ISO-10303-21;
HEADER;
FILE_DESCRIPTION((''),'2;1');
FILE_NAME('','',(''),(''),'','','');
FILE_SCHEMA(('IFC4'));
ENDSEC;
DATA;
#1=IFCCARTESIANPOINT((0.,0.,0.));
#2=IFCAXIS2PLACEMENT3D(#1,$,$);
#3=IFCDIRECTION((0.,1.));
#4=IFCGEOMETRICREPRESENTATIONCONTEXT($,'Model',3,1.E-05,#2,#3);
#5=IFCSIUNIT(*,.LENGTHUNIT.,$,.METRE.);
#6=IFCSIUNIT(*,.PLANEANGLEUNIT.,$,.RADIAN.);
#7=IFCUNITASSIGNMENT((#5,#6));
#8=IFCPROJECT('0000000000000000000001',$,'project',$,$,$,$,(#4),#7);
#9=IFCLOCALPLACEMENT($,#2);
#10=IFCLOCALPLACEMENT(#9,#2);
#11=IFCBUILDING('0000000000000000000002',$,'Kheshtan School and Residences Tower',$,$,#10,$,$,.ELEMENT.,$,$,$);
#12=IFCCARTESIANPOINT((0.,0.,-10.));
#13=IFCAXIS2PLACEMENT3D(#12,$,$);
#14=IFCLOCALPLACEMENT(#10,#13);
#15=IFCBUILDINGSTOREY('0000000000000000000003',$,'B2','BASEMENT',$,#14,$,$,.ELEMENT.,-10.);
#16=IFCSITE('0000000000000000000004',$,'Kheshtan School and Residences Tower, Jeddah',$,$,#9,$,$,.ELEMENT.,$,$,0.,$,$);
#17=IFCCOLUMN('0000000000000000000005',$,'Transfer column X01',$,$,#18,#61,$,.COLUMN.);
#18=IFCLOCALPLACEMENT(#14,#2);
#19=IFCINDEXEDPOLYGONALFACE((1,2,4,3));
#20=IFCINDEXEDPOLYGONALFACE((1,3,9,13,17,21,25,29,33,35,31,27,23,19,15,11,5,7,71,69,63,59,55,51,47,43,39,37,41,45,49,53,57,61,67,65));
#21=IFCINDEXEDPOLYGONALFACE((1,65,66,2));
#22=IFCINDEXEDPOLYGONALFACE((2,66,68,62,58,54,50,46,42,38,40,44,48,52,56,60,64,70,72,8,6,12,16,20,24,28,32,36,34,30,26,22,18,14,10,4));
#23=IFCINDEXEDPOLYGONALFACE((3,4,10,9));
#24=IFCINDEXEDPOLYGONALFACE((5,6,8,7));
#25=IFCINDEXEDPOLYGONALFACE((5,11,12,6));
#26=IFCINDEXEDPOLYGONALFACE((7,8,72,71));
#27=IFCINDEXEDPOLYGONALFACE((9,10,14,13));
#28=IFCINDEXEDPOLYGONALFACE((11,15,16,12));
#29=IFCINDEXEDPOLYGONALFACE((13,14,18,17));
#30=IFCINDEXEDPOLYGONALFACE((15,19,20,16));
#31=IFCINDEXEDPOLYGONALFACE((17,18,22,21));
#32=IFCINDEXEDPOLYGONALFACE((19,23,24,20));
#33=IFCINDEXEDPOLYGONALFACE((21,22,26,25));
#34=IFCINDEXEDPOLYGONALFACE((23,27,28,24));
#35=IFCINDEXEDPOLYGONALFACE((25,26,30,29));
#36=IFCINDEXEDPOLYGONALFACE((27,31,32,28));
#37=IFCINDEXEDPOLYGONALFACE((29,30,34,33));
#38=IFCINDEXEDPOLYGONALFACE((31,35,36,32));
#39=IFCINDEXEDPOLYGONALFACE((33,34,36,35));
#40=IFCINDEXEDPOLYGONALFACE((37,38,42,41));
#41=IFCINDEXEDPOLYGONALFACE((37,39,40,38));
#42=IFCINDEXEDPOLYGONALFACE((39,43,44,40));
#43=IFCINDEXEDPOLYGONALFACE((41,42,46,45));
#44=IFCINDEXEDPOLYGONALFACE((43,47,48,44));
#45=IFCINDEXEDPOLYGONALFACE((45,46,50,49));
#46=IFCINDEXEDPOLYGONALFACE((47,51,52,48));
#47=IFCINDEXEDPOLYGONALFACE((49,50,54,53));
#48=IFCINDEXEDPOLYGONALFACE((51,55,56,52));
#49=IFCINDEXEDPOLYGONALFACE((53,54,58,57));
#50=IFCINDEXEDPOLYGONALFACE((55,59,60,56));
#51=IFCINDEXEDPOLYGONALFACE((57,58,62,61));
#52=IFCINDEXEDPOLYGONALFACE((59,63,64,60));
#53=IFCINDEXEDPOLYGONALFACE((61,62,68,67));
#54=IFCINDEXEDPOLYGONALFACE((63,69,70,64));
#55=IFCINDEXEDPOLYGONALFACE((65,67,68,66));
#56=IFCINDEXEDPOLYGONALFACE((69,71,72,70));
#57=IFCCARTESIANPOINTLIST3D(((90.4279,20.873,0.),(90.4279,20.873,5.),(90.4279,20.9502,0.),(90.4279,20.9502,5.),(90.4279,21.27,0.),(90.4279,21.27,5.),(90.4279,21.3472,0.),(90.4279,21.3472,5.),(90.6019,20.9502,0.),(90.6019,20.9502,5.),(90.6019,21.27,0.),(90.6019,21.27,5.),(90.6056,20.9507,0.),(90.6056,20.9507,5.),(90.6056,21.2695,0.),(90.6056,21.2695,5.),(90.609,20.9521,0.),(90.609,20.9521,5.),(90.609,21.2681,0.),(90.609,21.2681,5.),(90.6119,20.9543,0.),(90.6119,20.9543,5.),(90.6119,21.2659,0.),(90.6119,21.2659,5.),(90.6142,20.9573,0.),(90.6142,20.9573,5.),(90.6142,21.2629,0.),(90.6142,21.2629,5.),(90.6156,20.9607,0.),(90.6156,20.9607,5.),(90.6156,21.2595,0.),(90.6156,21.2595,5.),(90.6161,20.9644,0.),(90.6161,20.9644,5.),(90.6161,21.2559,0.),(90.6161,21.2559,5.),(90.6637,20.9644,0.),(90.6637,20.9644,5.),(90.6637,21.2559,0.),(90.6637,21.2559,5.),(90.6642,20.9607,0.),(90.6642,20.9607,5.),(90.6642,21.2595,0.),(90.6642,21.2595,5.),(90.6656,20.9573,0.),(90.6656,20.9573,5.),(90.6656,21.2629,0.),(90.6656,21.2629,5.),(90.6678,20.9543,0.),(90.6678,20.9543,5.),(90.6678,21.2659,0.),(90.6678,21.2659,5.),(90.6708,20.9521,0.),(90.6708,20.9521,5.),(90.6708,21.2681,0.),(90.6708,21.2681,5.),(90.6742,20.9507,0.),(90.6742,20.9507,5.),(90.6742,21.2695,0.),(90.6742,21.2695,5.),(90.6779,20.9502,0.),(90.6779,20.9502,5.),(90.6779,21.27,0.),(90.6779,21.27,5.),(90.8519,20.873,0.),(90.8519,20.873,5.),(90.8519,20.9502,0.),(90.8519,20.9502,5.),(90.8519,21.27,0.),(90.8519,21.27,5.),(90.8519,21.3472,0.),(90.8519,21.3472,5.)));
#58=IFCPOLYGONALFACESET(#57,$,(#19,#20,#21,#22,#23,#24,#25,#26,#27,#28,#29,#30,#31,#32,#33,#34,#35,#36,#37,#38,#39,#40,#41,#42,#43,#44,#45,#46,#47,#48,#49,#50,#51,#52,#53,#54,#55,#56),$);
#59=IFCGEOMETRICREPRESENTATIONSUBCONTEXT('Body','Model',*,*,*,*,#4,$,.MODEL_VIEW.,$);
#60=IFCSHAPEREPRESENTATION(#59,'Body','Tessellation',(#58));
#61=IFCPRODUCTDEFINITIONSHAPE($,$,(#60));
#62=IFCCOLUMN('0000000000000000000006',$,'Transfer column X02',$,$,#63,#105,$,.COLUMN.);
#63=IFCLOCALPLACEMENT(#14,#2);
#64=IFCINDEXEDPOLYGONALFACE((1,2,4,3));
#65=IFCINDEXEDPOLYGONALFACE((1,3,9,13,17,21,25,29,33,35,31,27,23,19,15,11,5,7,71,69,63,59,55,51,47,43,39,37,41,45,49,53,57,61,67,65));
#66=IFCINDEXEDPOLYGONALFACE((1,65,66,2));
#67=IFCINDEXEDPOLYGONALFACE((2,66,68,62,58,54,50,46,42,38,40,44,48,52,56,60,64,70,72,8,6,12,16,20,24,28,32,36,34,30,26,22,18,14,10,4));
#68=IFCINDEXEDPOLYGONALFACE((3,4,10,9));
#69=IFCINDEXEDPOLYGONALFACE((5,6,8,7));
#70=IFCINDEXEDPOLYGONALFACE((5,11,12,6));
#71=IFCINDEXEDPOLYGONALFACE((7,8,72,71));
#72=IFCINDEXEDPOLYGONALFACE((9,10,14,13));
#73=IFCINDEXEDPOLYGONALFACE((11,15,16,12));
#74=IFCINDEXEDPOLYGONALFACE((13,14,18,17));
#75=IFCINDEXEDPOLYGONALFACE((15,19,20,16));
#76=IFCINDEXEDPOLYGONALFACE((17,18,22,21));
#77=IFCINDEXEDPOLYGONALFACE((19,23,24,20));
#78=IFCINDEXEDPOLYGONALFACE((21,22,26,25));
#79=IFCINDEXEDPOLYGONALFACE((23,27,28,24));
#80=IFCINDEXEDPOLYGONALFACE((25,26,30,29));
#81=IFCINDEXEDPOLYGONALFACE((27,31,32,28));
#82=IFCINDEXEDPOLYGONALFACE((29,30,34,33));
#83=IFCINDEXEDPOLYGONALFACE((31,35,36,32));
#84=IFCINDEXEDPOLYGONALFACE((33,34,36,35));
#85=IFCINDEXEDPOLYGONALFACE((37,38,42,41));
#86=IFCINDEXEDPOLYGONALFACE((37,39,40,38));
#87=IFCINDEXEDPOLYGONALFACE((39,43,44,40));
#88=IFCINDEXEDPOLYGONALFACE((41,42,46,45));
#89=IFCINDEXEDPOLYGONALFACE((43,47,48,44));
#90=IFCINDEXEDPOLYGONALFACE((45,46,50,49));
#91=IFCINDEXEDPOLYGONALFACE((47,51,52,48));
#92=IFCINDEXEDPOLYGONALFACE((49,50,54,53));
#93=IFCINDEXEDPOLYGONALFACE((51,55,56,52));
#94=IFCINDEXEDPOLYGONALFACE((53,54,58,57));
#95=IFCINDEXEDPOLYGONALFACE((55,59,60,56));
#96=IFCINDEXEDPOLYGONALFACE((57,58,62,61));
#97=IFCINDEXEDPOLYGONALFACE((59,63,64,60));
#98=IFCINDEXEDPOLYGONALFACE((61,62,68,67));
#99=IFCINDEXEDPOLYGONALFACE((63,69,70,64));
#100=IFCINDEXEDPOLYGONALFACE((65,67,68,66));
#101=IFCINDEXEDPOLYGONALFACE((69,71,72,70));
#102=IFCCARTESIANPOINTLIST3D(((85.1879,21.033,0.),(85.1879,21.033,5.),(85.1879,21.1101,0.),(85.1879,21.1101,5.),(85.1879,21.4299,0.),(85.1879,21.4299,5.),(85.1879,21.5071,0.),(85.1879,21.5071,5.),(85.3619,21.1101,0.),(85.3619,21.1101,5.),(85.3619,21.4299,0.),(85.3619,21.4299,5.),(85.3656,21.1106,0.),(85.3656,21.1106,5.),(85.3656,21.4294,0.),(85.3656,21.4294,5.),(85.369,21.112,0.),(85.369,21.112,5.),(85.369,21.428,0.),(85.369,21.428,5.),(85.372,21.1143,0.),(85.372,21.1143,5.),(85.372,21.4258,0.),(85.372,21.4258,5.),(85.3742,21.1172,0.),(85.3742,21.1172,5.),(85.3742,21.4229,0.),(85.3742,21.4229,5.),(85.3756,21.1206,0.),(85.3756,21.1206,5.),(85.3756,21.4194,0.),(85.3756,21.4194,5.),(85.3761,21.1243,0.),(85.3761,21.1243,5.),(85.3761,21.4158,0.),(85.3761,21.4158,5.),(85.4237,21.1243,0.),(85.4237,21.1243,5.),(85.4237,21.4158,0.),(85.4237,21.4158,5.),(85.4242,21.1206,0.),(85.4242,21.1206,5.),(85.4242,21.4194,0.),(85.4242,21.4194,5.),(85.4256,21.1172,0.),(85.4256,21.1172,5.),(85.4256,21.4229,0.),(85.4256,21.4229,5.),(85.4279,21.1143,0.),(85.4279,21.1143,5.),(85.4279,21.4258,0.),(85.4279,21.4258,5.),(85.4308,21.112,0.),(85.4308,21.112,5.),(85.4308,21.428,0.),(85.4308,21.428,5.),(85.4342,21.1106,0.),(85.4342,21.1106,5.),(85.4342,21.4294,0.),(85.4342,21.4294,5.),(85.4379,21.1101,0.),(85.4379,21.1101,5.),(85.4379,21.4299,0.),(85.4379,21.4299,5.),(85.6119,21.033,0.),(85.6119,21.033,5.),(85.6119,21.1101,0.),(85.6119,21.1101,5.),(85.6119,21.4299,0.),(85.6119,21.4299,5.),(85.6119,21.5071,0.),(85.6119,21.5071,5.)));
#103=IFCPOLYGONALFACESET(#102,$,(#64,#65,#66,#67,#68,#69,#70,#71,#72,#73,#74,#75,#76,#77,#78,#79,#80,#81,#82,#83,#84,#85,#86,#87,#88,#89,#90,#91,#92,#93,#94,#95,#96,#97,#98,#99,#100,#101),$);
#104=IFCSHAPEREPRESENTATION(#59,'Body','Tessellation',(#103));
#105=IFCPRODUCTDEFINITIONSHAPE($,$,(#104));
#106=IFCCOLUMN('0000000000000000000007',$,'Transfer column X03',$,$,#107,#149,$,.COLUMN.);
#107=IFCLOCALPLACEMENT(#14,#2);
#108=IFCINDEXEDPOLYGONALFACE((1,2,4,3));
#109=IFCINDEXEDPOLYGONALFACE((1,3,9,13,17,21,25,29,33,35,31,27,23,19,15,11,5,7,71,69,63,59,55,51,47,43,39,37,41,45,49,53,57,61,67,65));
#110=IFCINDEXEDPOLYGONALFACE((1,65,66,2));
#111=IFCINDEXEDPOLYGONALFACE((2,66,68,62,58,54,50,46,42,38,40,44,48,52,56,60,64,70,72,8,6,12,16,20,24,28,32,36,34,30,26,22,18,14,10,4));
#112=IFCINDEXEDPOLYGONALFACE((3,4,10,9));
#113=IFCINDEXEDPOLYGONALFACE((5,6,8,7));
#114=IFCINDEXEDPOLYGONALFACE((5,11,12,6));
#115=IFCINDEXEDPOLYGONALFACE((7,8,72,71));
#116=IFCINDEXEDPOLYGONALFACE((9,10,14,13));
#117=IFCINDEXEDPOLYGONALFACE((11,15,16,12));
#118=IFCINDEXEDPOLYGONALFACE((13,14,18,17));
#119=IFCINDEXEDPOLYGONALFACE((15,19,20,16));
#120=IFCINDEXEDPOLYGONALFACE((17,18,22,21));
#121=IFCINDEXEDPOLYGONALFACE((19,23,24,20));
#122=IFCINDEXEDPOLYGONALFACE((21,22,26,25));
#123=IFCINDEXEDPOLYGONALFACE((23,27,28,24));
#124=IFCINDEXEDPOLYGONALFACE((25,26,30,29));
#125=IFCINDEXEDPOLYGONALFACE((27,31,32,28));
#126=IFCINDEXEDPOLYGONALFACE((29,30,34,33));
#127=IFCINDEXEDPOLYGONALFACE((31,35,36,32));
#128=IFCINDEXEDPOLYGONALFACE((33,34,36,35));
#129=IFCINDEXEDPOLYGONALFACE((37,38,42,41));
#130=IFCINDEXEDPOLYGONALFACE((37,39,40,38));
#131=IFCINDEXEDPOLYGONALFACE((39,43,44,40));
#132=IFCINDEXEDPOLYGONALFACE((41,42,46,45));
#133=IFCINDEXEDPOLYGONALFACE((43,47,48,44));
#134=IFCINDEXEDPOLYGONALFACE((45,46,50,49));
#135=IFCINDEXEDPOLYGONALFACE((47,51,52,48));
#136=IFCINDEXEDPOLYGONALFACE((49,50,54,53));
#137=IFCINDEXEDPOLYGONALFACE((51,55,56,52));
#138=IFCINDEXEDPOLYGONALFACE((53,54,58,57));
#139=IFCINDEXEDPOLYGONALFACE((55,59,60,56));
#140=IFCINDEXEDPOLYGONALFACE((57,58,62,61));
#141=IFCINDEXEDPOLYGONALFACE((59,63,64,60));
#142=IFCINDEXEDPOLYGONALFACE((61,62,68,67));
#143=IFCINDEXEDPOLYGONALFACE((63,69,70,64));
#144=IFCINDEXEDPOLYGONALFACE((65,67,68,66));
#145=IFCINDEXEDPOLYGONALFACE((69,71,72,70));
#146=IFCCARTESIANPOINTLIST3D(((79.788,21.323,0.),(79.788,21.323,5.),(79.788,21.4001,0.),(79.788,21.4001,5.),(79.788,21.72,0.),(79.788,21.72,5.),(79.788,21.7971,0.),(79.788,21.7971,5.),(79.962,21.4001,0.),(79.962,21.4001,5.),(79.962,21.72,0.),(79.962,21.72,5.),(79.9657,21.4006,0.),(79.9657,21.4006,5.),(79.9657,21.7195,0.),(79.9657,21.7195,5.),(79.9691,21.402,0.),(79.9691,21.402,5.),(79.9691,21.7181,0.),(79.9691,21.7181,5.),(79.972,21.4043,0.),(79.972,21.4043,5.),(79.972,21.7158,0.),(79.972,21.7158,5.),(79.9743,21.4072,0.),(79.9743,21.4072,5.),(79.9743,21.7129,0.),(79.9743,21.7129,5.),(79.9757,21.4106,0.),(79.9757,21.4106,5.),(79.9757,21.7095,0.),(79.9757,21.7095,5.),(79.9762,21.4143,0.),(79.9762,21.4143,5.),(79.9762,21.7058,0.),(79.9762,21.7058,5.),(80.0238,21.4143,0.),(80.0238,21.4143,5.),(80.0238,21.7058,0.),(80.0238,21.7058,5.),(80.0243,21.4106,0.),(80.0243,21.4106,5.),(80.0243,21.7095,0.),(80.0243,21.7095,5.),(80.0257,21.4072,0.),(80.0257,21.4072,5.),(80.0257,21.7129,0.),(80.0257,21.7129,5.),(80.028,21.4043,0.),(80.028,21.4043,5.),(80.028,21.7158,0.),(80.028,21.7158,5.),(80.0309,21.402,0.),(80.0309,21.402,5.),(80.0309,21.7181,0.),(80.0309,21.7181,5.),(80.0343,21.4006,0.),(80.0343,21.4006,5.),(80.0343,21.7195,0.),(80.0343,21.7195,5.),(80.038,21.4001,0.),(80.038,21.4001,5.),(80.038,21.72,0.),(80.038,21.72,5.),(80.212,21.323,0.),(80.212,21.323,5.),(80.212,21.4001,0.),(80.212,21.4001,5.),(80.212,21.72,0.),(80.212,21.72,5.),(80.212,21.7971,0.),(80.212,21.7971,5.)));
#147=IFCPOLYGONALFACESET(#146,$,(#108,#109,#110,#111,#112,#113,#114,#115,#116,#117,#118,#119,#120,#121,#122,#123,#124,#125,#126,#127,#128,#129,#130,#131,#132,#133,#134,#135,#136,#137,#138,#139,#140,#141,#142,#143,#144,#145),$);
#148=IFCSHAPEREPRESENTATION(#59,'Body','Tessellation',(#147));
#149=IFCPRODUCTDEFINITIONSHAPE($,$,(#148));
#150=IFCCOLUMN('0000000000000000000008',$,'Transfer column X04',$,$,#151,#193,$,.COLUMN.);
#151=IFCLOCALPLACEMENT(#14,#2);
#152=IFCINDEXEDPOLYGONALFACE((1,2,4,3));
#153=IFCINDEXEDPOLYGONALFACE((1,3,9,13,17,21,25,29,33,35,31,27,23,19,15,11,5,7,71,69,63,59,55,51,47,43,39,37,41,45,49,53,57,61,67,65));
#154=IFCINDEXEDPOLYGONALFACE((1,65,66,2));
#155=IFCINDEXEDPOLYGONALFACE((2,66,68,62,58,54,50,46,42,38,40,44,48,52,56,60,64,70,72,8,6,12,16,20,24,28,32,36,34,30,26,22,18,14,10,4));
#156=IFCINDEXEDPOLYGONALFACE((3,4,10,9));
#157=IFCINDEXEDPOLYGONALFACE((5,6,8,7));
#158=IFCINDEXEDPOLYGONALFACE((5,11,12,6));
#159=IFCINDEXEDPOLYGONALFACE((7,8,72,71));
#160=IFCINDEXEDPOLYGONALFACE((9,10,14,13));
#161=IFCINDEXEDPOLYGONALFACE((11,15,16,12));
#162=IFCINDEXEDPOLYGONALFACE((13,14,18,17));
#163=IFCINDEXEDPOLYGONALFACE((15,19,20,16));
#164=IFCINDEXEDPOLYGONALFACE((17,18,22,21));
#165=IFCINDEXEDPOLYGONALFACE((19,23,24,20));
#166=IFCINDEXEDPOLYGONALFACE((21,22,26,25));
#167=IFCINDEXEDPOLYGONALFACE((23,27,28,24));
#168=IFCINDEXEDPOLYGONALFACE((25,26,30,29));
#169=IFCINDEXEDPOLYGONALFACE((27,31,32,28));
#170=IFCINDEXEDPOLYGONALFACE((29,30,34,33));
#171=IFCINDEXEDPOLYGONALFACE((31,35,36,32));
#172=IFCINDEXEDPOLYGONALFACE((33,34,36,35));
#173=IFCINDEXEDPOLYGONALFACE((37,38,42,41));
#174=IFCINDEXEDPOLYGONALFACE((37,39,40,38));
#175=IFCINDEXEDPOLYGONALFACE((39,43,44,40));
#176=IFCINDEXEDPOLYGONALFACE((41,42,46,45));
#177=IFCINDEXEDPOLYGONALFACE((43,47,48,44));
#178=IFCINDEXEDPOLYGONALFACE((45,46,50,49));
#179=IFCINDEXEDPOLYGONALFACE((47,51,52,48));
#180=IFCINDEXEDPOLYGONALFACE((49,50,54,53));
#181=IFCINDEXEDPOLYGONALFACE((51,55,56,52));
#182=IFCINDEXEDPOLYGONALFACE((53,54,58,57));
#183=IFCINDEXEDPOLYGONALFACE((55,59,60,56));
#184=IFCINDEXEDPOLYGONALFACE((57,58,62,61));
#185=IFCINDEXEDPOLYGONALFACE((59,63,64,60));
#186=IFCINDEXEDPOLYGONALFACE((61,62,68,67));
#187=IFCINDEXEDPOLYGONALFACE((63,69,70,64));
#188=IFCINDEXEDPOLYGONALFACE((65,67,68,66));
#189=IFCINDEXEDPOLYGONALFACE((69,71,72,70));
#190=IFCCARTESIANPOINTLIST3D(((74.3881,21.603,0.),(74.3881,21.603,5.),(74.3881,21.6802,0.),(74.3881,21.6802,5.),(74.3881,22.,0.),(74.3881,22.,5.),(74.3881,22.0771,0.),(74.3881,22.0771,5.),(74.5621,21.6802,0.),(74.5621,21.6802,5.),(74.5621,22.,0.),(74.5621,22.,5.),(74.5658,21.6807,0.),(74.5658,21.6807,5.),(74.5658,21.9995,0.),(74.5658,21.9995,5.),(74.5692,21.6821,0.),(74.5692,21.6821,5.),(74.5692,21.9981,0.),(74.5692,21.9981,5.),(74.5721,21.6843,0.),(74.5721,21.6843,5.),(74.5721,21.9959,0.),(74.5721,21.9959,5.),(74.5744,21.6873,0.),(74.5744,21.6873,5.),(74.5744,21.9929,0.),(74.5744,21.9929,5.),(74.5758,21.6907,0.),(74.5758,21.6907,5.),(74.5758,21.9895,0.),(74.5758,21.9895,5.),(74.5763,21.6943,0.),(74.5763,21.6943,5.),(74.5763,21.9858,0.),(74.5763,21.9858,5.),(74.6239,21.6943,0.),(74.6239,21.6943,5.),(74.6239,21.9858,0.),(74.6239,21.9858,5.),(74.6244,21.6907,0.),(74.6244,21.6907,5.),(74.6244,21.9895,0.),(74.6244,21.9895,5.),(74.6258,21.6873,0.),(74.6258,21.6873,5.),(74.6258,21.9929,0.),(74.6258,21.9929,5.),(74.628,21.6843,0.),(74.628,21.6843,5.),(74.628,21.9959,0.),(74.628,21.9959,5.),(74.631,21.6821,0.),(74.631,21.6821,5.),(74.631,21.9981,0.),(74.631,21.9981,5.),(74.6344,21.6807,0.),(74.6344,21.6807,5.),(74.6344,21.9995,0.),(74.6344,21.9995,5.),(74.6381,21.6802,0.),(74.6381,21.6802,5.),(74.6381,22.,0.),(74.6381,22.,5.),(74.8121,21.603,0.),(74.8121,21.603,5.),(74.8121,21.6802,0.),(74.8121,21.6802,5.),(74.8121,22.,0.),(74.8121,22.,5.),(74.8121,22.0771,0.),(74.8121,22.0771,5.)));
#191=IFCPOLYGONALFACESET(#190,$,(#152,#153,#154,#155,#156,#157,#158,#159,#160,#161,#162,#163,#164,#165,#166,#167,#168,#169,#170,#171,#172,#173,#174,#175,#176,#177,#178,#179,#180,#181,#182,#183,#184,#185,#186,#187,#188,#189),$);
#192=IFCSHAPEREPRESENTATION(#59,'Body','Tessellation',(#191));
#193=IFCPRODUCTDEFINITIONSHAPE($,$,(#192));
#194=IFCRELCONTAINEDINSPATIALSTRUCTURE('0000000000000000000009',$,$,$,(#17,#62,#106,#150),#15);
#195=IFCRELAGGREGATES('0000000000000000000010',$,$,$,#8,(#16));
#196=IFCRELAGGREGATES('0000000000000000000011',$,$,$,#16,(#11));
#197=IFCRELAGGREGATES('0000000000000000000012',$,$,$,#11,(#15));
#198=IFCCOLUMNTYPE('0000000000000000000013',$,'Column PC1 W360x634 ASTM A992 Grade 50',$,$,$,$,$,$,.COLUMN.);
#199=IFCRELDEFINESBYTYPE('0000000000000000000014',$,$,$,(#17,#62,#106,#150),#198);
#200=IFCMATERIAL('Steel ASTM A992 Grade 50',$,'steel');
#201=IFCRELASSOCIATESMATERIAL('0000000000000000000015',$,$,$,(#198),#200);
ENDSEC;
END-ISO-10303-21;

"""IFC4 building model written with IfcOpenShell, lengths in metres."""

from ifc_helpers import new_model, si_unit, direction, frame, origin, origin_2d, place, context, subcontext, project, spatial, i_section, extrude, material, material_profile, profile_set, type_object, element, save


model = new_model("IFC4")

# Units and contexts
model_context = context("Model", 3, precision=1e-05, world=origin(), true_north=direction((0.0, 1.0)))
body_context = subcontext(model_context, "Body", "Model", "MODEL_VIEW")
ifc_project = project(units=[si_unit("LENGTHUNIT", "METRE"), si_unit("PLANEANGLEUNIT", "RADIAN")], contexts=[model_context])

# Site, building, storey
site_placement = place(None, origin())
site = spatial("IfcSite", under=ifc_project, at=site_placement, Name="Kheshtan School and Residences Tower, Jeddah", CompositionType="ELEMENT", RefElevation=0.0)
building_placement = place(site_placement, origin())
building = spatial("IfcBuilding", under=site, at=building_placement, Name="Kheshtan School and Residences Tower", CompositionType="ELEMENT")
storey_placement = place(building_placement, frame((0.0, 0.0, -10.0)))
storey = spatial("IfcBuildingStorey", under=building, at=storey_placement, Name="B2", Description="BASEMENT", CompositionType="ELEMENT", Elevation=-10.0)

# Columns
ifc_material = material(Name="Steel ASTM A992 Grade 50", Category="steel")
ifc_material_profile = material_profile(ifc_material, i_section(OverallWidth=0.4241, OverallDepth=0.4741, WebThickness=0.0476, FlangeThickness=0.0771, FilletRadius=0.0142, at=origin_2d()), Name="W360x634")
ifc_profile_set = profile_set([ifc_material_profile], Name="Steel ASTM A992 Grade 50")
column_type = type_object("IfcColumnType", Name="Column PC1 W360x634 ASTM A992 Grade 50", PredefinedType="COLUMN", material=ifc_profile_set)
for number, where, z_axis, x_axis, name in (
    (1, (90.6399, 21.1101, 0.0), (0.0, 0.0, 1.0), (1.0, 0.0, 0.0), "Transfer column X01"),
    (2, (85.3999, 21.27, 0.0), (0.0, 0.0, 1.0), (1.0, 0.0, 0.0), "Transfer column X02"),
    (3, (80.0, 21.5601, 0.0), (0.0, 0.0, 1.0), (1.0, 0.0, 0.0), "Transfer column X03"),
    (4, (74.6001, 21.8401, 0.0), (0.0, 0.0, 1.0), (1.0, 0.0, 0.0), "Transfer column X04"),
):
    element("IfcColumn", number, at=place(storey_placement, frame(where, z_axis=z_axis, x_axis=x_axis)), inside=storey, type_object=column_type, Name=name, PredefinedType="COLUMN", context=body_context, shape_type="SweptSolid", body=[
        extrude(i_section(OverallWidth=0.4241, OverallDepth=0.4741, WebThickness=0.0476, FlangeThickness=0.0771, FilletRadius=0.0142, at=origin_2d()), origin(), (0.0, 0.0, 1.0), 5.0),
    ])

save(model, "model.ifc")
